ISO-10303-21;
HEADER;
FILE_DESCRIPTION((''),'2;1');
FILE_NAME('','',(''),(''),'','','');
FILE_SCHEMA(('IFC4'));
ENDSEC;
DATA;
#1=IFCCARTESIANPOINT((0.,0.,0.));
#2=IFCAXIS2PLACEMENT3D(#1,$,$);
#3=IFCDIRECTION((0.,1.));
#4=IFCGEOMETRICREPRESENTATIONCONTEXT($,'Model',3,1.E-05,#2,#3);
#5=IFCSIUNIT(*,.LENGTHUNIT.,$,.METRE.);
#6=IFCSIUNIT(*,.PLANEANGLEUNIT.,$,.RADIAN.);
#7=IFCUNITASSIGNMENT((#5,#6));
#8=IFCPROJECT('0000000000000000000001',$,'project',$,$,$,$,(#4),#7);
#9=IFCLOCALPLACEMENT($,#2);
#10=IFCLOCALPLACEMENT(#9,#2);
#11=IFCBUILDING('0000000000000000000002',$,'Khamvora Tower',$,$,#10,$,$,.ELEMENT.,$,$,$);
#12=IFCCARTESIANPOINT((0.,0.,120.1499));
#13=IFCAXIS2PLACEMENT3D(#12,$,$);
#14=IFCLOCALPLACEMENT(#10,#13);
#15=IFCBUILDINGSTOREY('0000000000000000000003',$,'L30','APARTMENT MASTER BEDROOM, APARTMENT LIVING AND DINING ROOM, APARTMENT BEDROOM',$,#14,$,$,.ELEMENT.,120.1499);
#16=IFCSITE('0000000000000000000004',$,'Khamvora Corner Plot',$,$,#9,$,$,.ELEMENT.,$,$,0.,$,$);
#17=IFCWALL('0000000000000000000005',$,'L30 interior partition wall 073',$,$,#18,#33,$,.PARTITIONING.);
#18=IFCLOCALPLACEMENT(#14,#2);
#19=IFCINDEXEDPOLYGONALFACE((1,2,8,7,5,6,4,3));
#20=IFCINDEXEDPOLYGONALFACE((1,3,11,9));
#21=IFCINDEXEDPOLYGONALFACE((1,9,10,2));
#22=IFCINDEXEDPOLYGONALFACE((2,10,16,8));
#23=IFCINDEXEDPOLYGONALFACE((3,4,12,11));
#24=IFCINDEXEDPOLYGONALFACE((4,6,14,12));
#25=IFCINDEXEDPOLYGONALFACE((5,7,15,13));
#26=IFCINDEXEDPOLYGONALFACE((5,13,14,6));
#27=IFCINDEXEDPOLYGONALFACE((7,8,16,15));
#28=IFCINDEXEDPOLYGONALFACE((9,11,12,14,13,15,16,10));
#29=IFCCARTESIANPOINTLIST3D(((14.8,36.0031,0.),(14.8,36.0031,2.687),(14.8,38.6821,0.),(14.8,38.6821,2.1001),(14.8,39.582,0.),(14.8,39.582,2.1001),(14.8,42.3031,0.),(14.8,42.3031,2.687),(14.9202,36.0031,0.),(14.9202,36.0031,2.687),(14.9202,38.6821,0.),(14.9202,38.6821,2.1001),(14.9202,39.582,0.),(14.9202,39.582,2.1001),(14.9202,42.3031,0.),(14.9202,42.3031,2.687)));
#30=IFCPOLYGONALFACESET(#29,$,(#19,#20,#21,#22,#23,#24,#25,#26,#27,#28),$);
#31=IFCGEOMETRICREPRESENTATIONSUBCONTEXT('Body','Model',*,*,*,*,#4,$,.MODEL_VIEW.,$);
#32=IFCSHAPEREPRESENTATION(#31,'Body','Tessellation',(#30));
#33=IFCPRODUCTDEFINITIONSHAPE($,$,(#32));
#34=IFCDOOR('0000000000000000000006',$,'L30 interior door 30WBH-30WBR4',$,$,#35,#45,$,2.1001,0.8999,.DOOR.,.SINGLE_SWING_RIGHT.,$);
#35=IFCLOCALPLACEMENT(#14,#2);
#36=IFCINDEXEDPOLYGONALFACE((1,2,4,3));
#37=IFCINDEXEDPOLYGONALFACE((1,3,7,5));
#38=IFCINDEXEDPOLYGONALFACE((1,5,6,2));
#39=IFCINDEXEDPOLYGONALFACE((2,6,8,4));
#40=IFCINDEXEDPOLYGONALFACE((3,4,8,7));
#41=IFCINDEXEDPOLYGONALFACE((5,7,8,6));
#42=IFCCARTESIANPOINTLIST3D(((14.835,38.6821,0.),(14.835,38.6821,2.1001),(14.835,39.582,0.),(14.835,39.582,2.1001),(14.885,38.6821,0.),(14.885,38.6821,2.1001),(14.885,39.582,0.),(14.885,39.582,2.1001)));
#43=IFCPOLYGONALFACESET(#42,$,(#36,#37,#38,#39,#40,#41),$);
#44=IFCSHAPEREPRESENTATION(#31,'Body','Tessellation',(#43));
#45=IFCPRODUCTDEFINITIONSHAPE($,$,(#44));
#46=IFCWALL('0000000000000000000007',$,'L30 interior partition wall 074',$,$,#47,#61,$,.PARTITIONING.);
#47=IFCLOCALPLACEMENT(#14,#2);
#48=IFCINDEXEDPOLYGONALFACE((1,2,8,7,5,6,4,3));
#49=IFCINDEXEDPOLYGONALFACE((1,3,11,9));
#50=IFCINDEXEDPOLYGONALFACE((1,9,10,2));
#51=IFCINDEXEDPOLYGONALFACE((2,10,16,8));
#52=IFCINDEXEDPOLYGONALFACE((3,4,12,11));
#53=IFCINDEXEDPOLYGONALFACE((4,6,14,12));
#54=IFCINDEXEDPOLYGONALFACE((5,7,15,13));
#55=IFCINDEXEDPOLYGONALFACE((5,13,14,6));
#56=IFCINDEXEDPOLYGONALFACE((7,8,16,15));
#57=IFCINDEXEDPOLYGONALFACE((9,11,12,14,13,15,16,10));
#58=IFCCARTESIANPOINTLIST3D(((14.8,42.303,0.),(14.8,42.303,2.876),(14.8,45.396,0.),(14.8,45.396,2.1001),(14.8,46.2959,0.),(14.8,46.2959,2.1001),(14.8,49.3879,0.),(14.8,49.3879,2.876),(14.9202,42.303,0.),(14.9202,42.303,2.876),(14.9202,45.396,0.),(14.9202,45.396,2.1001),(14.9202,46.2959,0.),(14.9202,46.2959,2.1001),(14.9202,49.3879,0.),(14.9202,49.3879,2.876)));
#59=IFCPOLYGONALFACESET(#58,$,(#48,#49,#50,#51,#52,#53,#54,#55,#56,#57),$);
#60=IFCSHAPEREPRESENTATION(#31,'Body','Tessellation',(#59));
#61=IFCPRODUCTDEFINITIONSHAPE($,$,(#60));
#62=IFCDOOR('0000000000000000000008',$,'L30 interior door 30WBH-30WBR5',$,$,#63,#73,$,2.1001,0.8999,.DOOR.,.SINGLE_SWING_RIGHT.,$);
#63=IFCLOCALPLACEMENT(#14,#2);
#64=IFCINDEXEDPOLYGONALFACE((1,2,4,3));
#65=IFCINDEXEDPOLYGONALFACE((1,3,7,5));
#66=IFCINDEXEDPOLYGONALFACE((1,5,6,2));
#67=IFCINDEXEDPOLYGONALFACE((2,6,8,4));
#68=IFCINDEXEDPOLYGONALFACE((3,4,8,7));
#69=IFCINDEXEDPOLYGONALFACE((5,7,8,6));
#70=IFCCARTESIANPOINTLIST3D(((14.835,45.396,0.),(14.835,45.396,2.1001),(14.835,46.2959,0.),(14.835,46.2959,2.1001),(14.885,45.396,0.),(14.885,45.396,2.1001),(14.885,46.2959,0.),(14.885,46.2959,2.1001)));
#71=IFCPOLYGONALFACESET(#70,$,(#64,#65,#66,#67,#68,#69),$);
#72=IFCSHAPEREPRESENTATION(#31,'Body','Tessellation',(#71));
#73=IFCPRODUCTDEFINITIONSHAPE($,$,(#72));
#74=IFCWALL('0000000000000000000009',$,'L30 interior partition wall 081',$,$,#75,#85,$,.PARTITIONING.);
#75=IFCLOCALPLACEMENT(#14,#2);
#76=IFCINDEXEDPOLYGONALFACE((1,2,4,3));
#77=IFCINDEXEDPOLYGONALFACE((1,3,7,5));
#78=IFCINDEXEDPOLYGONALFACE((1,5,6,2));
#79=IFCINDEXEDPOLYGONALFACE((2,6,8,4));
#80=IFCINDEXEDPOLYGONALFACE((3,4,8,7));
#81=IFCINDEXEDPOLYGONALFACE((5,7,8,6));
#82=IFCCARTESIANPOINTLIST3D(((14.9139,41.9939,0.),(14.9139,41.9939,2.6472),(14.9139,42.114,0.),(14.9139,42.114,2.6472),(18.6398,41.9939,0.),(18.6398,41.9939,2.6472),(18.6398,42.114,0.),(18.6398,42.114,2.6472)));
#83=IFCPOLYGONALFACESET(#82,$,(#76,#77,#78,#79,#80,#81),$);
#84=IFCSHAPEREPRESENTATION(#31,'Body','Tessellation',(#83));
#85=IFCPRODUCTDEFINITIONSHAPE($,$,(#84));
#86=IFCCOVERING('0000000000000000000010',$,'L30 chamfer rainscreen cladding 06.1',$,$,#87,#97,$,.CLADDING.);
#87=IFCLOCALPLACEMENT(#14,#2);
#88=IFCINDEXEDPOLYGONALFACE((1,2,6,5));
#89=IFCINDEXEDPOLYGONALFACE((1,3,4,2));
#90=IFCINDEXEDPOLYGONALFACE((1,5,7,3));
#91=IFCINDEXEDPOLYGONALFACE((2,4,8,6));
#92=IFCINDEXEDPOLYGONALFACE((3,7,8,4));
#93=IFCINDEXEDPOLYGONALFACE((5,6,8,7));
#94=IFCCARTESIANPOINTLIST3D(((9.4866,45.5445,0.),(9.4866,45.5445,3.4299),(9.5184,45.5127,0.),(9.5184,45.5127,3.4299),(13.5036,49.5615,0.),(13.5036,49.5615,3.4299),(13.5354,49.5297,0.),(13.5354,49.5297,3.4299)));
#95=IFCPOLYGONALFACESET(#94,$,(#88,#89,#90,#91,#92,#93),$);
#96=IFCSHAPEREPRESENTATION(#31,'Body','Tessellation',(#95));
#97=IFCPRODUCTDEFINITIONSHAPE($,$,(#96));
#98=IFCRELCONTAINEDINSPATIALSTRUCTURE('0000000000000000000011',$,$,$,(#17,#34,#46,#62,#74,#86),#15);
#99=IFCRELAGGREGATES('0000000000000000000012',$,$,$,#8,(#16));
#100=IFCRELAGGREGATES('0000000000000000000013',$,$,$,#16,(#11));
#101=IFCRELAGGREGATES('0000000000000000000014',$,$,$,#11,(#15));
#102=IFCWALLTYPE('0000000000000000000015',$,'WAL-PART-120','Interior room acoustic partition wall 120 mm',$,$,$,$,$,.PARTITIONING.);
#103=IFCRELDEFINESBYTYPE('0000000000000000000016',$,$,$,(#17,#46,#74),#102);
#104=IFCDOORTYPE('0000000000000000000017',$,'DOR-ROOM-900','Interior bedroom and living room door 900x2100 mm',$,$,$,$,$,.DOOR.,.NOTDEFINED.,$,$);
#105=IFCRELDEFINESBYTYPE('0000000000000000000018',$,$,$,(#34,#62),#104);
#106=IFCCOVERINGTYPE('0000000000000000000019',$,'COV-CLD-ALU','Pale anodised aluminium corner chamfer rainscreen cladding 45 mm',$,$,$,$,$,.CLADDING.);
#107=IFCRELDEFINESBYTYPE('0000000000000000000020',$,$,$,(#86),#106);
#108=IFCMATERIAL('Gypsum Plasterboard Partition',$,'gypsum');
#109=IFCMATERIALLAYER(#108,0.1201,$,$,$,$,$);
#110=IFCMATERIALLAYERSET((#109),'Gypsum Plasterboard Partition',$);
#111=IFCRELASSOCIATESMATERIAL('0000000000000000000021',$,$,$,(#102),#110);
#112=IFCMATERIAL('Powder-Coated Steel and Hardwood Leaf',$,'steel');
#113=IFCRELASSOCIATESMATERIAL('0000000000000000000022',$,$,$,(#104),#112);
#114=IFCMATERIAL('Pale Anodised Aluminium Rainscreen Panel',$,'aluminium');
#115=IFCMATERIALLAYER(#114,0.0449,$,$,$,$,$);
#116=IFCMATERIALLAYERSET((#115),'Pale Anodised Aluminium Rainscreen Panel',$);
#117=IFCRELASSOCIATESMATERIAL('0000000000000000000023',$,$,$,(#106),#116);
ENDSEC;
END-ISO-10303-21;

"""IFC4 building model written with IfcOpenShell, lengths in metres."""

from ifc_helpers import new_model, si_unit, direction, frame, frame_2d, origin, origin_2d, place, context, subcontext, project, spatial, rectangle, extrude, material, layer, layer_set, type_object, element, fill, save


model = new_model("IFC4")

# Units and contexts
model_context = context("Model", 3, precision=1e-05, world=origin(), true_north=direction((0.0, 1.0)))
body_context = subcontext(model_context, "Body", "Model", "MODEL_VIEW")
ifc_project = project(units=[si_unit("LENGTHUNIT", "METRE"), si_unit("PLANEANGLEUNIT", "RADIAN")], contexts=[model_context])

# Site, building, storey
site_placement = place(None, origin())
site = spatial("IfcSite", under=ifc_project, at=site_placement, Name="Khamvora Corner Plot", CompositionType="ELEMENT", RefElevation=0.0)
building_placement = place(site_placement, origin())
building = spatial("IfcBuilding", under=site, at=building_placement, Name="Khamvora Tower", CompositionType="ELEMENT")
storey_placement = place(building_placement, frame((0.0, 0.0, 120.1499)))
storey = spatial("IfcBuildingStorey", under=building, at=storey_placement, Name="L30", Description="APARTMENT MASTER BEDROOM, APARTMENT LIVING AND DINING ROOM, APARTMENT BEDROOM", CompositionType="ELEMENT", Elevation=120.1499)

# Walls, openings, doors
ifc_material_1 = material(Name="Gypsum Plasterboard Partition", Category="gypsum")
ifc_layer_1 = layer(ifc_material_1, 0.1201)
ifc_layer_set_1 = layer_set([ifc_layer_1], Name="Gypsum Plasterboard Partition")
wall_type_1 = type_object("IfcWallType", Name="WAL-PART-120", Description="Interior room acoustic partition wall 120 mm", PredefinedType="PARTITIONING", material=ifc_layer_set_1)
wall_1_placement = place(storey_placement, frame((14.8601, 42.303, 0.0), z_axis=(0.0, 0.0, 1.0), x_axis=(0.0, -1.0, 0.0)))
wall_1 = element("IfcWall", 1, at=wall_1_placement, inside=storey, type_object=wall_type_1, Name="L30 interior partition wall 073", PredefinedType="PARTITIONING", context=body_context, shape_type="SweptSolid", body=[
    extrude(rectangle(XDim=6.3, YDim=0.1201, at=frame_2d((3.1499, 0.0))), origin(), (0.0, 0.0, 1.0), 2.687),
])
opening_1_placement = place(wall_1_placement, frame((2.7209, 0.0, 0.0)))
opening_1 = element("IfcOpeningElement", 2, at=opening_1_placement, cuts=wall_1, PredefinedType="OPENING", context=body_context, shape_type="SweptSolid", body=[
    extrude(rectangle(XDim=0.8999, YDim=2.1001, at=frame_2d((0.45, 1.05))), frame((0.0, 0.0701, 0.0), z_axis=(0.0, -1.0, 0.0), x_axis=(1.0, 0.0, 0.0)), (0.0, 0.0, 1.0), 0.1401),
])
ifc_material_2 = material(Name="Powder-Coated Steel and Hardwood Leaf", Category="steel")
door_type = type_object("IfcDoorType", Name="DOR-ROOM-900", Description="Interior bedroom and living room door 900x2100 mm", OperationType="NOTDEFINED", PredefinedType="DOOR", material=ifc_material_2)
door_1_placement = place(opening_1_placement, origin())
door_1 = element("IfcDoor", 3, at=door_1_placement, inside=storey, type_object=door_type, Name="L30 interior door 30WBH-30WBR4", OperationType="SINGLE_SWING_RIGHT", OverallHeight=2.1001, OverallWidth=0.8999, PredefinedType="DOOR", context=body_context, shape_type="SweptSolid", body=[
    extrude(rectangle(XDim=0.8999, YDim=2.1001, at=frame_2d((0.45, 1.05))), frame((0.0, 0.0249, 0.0), z_axis=(0.0, -1.0, 0.0), x_axis=(1.0, 0.0, 0.0)), (0.0, 0.0, 1.0), 0.05),
])
fill(opening_1, door_1)
wall_2_placement = place(storey_placement, frame((14.8601, 49.3879, 0.0), z_axis=(0.0, 0.0, 1.0), x_axis=(0.0, -1.0, 0.0)))
wall_2 = element("IfcWall", 4, at=wall_2_placement, inside=storey, type_object=wall_type_1, Name="L30 interior partition wall 074", PredefinedType="PARTITIONING", context=body_context, shape_type="SweptSolid", body=[
    extrude(rectangle(XDim=7.085, YDim=0.1201, at=frame_2d((3.5425, 0.0))), origin(), (0.0, 0.0, 1.0), 2.876),
])
opening_2_placement = place(wall_2_placement, frame((3.092, 0.0, 0.0)))
opening_2 = element("IfcOpeningElement", 5, at=opening_2_placement, cuts=wall_2, PredefinedType="OPENING", context=body_context, shape_type="SweptSolid", body=[
    extrude(rectangle(XDim=0.8999, YDim=2.1001, at=frame_2d((0.45, 1.05))), frame((0.0, 0.0701, 0.0), z_axis=(0.0, -1.0, 0.0), x_axis=(1.0, 0.0, 0.0)), (0.0, 0.0, 1.0), 0.1401),
])
door_2_placement = place(opening_2_placement, origin())
door_2 = element("IfcDoor", 6, at=door_2_placement, inside=storey, type_object=door_type, Name="L30 interior door 30WBH-30WBR5", OperationType="SINGLE_SWING_RIGHT", OverallHeight=2.1001, OverallWidth=0.8999, PredefinedType="DOOR", context=body_context, shape_type="SweptSolid", body=[
    extrude(rectangle(XDim=0.8999, YDim=2.1001, at=frame_2d((0.45, 1.05))), frame((0.0, 0.0249, 0.0), z_axis=(0.0, -1.0, 0.0), x_axis=(1.0, 0.0, 0.0)), (0.0, 0.0, 1.0), 0.05),
])
fill(opening_2, door_2)

# Wall
wall_3_placement = place(storey_placement, frame((14.9141, 42.054, 0.0), z_axis=(0.0, 0.0, 1.0), x_axis=(1.0, 0.0, 0.0)))
element("IfcWall", 7, at=wall_3_placement, inside=storey, type_object=wall_type_1, Name="L30 interior partition wall 081", PredefinedType="PARTITIONING", context=body_context, shape_type="SweptSolid", body=[
    extrude(rectangle(XDim=3.7258, YDim=0.1201, at=frame_2d((1.8628, 0.0))), origin(), (0.0, 0.0, 1.0), 2.6472),
])

# Covering
ifc_material_3 = material(Name="Pale Anodised Aluminium Rainscreen Panel", Category="aluminium")
ifc_layer_2 = layer(ifc_material_3, 0.0449)
ifc_layer_set_2 = layer_set([ifc_layer_2], Name="Pale Anodised Aluminium Rainscreen Panel")
covering_type = type_object("IfcCoveringType", Name="COV-CLD-ALU", Description="Pale anodised aluminium corner chamfer rainscreen cladding 45 mm", PredefinedType="CLADDING", material=ifc_layer_set_2)
covering_placement = place(storey_placement, frame((11.511, 47.5371, 0.0), z_axis=(0.0, 0.0, 1.0), x_axis=(0.707107, 0.707107, 0.0)))
element("IfcCovering", 8, at=covering_placement, inside=storey, type_object=covering_type, Name="L30 chamfer rainscreen cladding 06.1", PredefinedType="CLADDING", context=body_context, shape_type="SweptSolid", body=[
    extrude(rectangle(XDim=5.6809, YDim=0.0449, at=origin_2d()), origin(), (0.0, 0.0, 1.0), 3.4299),
])

save(model, "model.ifc")
